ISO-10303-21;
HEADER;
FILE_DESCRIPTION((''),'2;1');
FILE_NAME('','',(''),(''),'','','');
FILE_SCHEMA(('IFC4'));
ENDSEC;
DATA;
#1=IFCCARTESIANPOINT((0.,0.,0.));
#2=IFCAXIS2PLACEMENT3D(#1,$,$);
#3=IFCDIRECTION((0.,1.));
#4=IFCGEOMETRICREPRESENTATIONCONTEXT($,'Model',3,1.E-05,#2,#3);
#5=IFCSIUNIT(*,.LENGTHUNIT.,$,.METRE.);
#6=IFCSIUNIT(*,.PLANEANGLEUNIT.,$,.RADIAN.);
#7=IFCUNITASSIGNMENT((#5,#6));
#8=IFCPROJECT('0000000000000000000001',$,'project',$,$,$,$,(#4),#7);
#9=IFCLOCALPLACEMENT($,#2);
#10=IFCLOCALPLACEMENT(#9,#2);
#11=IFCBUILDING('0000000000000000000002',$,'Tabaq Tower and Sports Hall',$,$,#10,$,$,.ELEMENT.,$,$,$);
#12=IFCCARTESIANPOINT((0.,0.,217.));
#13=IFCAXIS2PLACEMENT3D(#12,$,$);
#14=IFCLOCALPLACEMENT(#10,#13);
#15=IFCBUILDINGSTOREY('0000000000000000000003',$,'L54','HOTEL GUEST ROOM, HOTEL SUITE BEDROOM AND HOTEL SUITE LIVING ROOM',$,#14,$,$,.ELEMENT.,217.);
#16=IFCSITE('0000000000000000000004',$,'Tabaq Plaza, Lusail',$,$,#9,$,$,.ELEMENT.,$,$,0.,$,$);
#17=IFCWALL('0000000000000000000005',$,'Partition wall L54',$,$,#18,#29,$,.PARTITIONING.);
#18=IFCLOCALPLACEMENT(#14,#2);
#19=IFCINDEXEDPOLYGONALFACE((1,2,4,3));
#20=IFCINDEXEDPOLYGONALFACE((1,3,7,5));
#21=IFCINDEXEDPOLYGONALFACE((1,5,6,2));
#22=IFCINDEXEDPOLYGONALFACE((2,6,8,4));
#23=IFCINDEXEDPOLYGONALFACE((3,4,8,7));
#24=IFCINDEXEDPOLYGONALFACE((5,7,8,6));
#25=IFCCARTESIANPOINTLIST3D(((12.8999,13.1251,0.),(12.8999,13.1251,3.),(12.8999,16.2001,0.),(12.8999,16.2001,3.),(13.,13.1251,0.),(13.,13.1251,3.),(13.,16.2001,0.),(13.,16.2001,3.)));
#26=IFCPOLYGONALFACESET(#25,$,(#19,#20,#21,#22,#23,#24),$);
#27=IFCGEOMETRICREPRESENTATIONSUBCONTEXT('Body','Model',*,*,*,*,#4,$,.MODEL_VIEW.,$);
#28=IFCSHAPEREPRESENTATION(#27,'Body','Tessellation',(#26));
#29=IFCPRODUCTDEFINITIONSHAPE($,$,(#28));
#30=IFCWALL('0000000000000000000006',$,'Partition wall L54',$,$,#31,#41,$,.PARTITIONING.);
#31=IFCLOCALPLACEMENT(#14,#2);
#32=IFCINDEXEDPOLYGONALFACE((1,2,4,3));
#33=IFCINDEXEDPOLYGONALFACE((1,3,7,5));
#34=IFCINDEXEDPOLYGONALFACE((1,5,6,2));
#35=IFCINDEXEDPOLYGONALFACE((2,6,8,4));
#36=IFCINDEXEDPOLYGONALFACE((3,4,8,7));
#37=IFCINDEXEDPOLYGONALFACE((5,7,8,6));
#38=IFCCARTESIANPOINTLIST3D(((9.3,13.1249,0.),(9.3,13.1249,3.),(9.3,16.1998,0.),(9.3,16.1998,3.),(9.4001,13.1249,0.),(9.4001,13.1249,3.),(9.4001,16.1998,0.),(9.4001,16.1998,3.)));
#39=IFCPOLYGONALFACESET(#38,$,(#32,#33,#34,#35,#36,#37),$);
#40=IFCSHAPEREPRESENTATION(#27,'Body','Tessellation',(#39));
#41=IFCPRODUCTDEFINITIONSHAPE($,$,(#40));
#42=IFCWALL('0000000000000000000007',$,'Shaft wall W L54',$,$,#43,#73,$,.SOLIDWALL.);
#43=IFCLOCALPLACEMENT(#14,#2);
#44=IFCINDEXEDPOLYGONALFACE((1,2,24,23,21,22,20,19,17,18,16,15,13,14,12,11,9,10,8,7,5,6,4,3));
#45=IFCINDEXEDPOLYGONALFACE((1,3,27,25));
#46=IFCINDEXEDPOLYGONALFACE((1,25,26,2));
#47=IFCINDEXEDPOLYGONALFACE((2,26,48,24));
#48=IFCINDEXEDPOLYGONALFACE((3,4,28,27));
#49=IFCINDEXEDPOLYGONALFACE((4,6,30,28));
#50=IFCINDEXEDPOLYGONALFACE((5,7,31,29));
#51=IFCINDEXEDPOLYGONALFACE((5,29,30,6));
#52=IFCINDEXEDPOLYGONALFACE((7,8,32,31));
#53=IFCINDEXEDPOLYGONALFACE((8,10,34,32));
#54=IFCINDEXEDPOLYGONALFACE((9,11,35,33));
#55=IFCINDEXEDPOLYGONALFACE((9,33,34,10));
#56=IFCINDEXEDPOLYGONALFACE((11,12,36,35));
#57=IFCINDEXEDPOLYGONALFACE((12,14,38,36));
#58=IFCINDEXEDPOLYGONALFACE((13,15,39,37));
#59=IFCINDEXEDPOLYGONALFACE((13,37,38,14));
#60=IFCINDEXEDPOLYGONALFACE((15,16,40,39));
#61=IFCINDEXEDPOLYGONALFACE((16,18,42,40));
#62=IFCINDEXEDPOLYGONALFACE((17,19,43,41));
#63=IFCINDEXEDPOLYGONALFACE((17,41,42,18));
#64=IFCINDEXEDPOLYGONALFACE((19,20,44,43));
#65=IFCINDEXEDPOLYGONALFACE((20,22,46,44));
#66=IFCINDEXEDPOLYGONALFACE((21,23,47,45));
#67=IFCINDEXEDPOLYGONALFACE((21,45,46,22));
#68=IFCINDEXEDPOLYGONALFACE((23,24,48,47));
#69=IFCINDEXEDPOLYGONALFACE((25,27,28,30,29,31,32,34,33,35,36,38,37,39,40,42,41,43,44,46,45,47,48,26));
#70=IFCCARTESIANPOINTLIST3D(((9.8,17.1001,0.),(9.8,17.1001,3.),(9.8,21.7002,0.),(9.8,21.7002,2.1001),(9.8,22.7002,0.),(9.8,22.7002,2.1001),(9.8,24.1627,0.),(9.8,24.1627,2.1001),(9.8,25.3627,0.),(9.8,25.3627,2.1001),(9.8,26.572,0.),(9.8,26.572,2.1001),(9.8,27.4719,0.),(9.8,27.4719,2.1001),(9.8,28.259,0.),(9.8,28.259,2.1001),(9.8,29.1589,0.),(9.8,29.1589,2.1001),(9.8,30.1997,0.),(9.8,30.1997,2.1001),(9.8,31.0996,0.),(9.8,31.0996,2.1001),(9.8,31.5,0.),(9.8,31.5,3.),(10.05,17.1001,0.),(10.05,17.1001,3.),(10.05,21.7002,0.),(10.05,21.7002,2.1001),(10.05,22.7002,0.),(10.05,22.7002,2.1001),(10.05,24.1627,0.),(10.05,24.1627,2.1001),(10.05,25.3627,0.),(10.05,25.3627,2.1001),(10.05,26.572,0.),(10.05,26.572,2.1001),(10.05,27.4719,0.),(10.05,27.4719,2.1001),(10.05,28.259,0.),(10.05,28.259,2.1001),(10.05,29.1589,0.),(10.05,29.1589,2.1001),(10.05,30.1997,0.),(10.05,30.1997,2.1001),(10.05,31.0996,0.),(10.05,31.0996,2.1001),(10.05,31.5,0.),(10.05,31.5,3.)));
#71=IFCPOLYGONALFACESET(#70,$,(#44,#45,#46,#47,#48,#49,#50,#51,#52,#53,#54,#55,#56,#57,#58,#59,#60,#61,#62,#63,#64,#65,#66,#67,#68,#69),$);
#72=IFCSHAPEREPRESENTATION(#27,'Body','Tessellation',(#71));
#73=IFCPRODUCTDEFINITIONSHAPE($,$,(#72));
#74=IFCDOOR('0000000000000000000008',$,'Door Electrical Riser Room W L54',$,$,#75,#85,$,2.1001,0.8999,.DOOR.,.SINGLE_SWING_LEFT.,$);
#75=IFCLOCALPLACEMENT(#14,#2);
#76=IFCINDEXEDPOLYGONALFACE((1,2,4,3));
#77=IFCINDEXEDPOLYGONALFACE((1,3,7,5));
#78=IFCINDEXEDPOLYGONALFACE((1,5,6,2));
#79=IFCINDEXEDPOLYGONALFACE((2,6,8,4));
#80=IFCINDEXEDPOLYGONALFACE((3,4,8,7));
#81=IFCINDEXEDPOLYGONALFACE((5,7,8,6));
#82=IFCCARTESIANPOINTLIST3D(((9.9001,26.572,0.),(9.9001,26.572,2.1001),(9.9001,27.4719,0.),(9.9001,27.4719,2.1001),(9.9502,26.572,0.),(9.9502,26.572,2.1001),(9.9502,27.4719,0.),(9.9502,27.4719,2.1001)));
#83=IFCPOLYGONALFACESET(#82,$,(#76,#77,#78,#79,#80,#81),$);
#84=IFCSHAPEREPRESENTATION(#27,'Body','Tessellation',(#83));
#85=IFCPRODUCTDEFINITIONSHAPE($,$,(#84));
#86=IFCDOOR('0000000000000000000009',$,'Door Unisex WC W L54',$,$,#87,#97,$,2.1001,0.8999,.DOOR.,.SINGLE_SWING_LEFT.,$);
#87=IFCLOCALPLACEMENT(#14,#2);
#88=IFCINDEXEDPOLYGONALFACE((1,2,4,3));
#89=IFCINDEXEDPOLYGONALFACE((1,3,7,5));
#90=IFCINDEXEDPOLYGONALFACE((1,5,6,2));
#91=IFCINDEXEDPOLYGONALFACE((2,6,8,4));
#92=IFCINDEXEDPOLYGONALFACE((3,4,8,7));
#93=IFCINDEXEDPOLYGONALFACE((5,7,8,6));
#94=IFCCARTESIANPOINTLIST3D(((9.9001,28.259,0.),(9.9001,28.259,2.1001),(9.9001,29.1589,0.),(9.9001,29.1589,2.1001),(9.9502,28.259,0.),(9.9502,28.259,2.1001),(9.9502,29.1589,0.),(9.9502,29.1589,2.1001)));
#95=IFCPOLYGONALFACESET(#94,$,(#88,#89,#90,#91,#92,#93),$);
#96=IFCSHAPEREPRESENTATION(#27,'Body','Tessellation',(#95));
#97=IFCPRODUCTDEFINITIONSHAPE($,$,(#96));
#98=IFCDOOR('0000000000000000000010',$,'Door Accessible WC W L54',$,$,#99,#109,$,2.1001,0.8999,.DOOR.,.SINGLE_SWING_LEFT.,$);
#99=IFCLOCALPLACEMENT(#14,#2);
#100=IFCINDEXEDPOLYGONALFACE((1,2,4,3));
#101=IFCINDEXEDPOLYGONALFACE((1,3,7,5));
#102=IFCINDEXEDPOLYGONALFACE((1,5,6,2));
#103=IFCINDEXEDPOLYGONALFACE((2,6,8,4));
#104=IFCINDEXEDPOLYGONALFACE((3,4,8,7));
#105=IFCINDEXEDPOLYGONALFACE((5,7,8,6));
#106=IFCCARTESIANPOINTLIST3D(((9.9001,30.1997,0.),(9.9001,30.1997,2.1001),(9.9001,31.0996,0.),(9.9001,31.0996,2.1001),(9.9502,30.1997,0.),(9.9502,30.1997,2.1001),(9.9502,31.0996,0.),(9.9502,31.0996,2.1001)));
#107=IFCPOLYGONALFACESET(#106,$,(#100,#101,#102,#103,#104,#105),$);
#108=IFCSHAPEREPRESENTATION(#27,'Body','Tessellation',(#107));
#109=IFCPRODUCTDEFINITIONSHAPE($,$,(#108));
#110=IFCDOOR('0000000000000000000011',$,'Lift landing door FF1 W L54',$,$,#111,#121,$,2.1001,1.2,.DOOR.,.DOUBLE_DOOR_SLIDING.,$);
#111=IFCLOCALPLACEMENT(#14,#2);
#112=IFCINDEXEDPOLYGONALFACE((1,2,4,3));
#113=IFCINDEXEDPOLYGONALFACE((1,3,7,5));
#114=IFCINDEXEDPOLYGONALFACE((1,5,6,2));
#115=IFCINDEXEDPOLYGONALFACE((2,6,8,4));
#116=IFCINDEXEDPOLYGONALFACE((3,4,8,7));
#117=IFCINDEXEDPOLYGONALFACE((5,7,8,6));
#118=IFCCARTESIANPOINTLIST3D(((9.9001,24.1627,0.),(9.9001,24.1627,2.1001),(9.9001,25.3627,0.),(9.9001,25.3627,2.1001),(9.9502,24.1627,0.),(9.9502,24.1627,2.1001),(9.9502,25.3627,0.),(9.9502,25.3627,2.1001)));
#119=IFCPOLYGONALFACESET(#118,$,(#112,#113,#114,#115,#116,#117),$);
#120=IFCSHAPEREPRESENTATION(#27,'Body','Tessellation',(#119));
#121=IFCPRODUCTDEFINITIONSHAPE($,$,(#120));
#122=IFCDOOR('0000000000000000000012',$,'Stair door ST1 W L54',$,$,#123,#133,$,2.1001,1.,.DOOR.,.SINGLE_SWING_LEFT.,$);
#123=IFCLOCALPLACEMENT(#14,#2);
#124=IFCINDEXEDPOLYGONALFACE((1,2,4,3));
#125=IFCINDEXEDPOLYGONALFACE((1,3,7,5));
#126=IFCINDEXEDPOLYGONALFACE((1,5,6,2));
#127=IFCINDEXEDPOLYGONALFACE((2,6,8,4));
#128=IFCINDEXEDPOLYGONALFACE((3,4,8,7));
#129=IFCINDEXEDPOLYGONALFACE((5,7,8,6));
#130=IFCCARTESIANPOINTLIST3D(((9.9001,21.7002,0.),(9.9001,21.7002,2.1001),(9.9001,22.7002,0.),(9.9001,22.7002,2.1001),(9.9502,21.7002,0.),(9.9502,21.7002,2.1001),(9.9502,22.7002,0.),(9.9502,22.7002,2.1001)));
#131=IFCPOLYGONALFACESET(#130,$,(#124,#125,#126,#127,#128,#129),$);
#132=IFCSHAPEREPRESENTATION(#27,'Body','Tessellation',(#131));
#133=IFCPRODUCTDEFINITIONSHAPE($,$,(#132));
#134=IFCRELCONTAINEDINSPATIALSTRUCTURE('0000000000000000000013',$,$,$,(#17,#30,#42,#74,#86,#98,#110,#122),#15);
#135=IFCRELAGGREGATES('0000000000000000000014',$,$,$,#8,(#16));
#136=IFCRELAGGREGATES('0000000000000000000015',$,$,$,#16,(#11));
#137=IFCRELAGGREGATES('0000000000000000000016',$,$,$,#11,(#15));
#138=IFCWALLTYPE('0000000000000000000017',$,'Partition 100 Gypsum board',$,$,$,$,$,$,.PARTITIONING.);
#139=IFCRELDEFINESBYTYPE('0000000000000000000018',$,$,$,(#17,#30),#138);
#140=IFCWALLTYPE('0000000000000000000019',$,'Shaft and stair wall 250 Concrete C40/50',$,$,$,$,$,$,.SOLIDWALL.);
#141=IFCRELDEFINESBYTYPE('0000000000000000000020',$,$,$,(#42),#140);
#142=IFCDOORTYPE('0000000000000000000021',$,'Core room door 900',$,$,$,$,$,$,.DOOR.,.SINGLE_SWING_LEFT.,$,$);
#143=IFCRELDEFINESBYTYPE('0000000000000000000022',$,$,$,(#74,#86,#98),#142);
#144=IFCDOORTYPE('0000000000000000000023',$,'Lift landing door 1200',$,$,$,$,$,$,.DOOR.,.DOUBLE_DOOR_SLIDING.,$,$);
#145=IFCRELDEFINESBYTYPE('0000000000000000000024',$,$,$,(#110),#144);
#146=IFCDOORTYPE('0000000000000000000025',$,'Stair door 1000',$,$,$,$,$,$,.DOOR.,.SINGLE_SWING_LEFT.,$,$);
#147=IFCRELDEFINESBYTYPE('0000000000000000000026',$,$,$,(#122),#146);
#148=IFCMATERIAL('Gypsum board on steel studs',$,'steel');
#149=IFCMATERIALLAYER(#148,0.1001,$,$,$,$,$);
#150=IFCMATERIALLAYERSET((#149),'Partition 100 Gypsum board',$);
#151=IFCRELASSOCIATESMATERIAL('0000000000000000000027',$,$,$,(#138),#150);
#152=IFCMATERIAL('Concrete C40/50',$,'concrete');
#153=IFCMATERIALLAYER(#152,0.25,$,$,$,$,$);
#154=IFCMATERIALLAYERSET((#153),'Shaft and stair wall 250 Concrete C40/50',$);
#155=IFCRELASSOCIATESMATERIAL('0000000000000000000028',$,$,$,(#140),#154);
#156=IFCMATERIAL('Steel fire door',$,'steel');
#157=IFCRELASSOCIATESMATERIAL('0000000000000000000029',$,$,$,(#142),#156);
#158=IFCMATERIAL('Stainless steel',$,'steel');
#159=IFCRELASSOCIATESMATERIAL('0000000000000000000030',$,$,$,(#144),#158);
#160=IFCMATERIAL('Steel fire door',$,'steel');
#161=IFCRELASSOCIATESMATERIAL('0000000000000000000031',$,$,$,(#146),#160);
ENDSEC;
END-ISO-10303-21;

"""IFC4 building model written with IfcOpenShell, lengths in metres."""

from ifc_helpers import new_model, si_unit, direction, frame, frame_2d, origin, place, context, subcontext, project, spatial, rectangle, extrude, material, layer, layer_set, type_object, element, fill, save


model = new_model("IFC4")

# Units and contexts
model_context = context("Model", 3, precision=1e-05, world=origin(), true_north=direction((0.0, 1.0)))
body_context = subcontext(model_context, "Body", "Model", "MODEL_VIEW")
ifc_project = project(units=[si_unit("LENGTHUNIT", "METRE"), si_unit("PLANEANGLEUNIT", "RADIAN")], contexts=[model_context])

# Site, building, storey
site_placement = place(None, origin())
site = spatial("IfcSite", under=ifc_project, at=site_placement, Name="Tabaq Plaza, Lusail", CompositionType="ELEMENT", RefElevation=0.0)
building_placement = place(site_placement, origin())
building = spatial("IfcBuilding", under=site, at=building_placement, Name="Tabaq Tower and Sports Hall", CompositionType="ELEMENT")
storey_placement = place(building_placement, frame((0.0, 0.0, 217.0)))
storey = spatial("IfcBuildingStorey", under=building, at=storey_placement, Name="L54", Description="HOTEL GUEST ROOM, HOTEL SUITE BEDROOM AND HOTEL SUITE LIVING ROOM", CompositionType="ELEMENT", Elevation=217.0)

# Walls
ifc_material_1 = material(Name="Gypsum board on steel studs", Category="steel")
ifc_layer_1 = layer(ifc_material_1, 0.1001)
ifc_layer_set_1 = layer_set([ifc_layer_1], Name="Partition 100 Gypsum board")
wall_type_1 = type_object("IfcWallType", Name="Partition 100 Gypsum board", PredefinedType="PARTITIONING", material=ifc_layer_set_1)
for number, where, z_axis, x_axis, name in (
    (1, (12.95, 13.125, 0.0), (0.0, 0.0, 1.0), (0.0, 1.0, 0.0), "Partition wall L54"),
    (2, (9.3501, 16.2, 0.0), (0.0, 0.0, 1.0), (0.0, -1.0, 0.0), "Partition wall L54"),
):
    element("IfcWall", number, at=place(storey_placement, frame(where, z_axis=z_axis, x_axis=x_axis)), inside=storey, type_object=wall_type_1, Name=name, PredefinedType="PARTITIONING", context=body_context, shape_type="SweptSolid", body=[
        extrude(rectangle(XDim=3.075, YDim=0.1001, at=frame_2d((1.5376, 0.0))), origin(), (0.0, 0.0, 1.0), 3.0),
    ])

# Wall, openings, doors
ifc_material_2 = material(Name="Concrete C40/50", Category="concrete")
ifc_layer_2 = layer(ifc_material_2, 0.25)
ifc_layer_set_2 = layer_set([ifc_layer_2], Name="Shaft and stair wall 250 Concrete C40/50")
wall_type_2 = type_object("IfcWallType", Name="Shaft and stair wall 250 Concrete C40/50", PredefinedType="SOLIDWALL", material=ifc_layer_set_2)
wall_1_placement = place(storey_placement, frame((9.925, 17.1001, 0.0), z_axis=(0.0, 0.0, 1.0), x_axis=(0.0, 1.0, 0.0)))
wall_1 = element("IfcWall", 3, at=wall_1_placement, inside=storey, type_object=wall_type_2, Name="Shaft wall W L54", PredefinedType="SOLIDWALL", context=body_context, shape_type="SweptSolid", body=[
    extrude(rectangle(XDim=14.3999, YDim=0.25, at=frame_2d((7.2, 0.0))), origin(), (0.0, 0.0, 1.0), 3.0),
])
opening_1_placement = place(wall_1_placement, frame((4.6001, 0.0, 0.0)))
opening_1 = element("IfcOpeningElement", 4, at=opening_1_placement, cuts=wall_1, PredefinedType="OPENING", context=body_context, shape_type="SweptSolid", body=[
    extrude(rectangle(XDim=1.0, YDim=2.1001, at=frame_2d((0.5, 1.05))), frame((0.0, 0.125, 0.0), z_axis=(0.0, -1.0, 0.0), x_axis=(1.0, 0.0, 0.0)), (0.0, 0.0, 1.0), 0.25),
])
opening_2_placement = place(wall_1_placement, frame((7.0625, 0.0, 0.0)))
opening_2 = element("IfcOpeningElement", 5, at=opening_2_placement, cuts=wall_1, PredefinedType="OPENING", context=body_context, shape_type="SweptSolid", body=[
    extrude(rectangle(XDim=1.2, YDim=2.1001, at=frame_2d((0.6001, 1.05))), frame((0.0, 0.125, 0.0), z_axis=(0.0, -1.0, 0.0), x_axis=(1.0, 0.0, 0.0)), (0.0, 0.0, 1.0), 0.25),
])
opening_3_placement = place(wall_1_placement, frame((9.4719, 0.0, 0.0)))
opening_3 = element("IfcOpeningElement", 6, at=opening_3_placement, cuts=wall_1, PredefinedType="OPENING", context=body_context, shape_type="SweptSolid", body=[
    extrude(rectangle(XDim=0.8999, YDim=2.1001, at=frame_2d((0.45, 1.05))), frame((0.0, 0.125, 0.0), z_axis=(0.0, -1.0, 0.0), x_axis=(1.0, 0.0, 0.0)), (0.0, 0.0, 1.0), 0.25),
])
opening_4_placement = place(wall_1_placement, frame((11.1589, 0.0, 0.0)))
opening_4 = element("IfcOpeningElement", 7, at=opening_4_placement, cuts=wall_1, PredefinedType="OPENING", context=body_context, shape_type="SweptSolid", body=[
    extrude(rectangle(XDim=0.8999, YDim=2.1001, at=frame_2d((0.45, 1.05))), frame((0.0, 0.125, 0.0), z_axis=(0.0, -1.0, 0.0), x_axis=(1.0, 0.0, 0.0)), (0.0, 0.0, 1.0), 0.25),
])
opening_5_placement = place(wall_1_placement, frame((13.0996, 0.0, 0.0)))
opening_5 = element("IfcOpeningElement", 8, at=opening_5_placement, cuts=wall_1, PredefinedType="OPENING", context=body_context, shape_type="SweptSolid", body=[
    extrude(rectangle(XDim=0.8999, YDim=2.1001, at=frame_2d((0.45, 1.05))), frame((0.0, 0.125, 0.0), z_axis=(0.0, -1.0, 0.0), x_axis=(1.0, 0.0, 0.0)), (0.0, 0.0, 1.0), 0.25),
])
ifc_material_3 = material(Name="Steel fire door", Category="steel")
door_type_1 = type_object("IfcDoorType", Name="Core room door 900", OperationType="SINGLE_SWING_LEFT", PredefinedType="DOOR", material=ifc_material_3)
door_1_placement = place(opening_3_placement, origin())
door_1 = element("IfcDoor", 9, at=door_1_placement, inside=storey, type_object=door_type_1, Name="Door Electrical Riser Room W L54", OperationType="SINGLE_SWING_LEFT", OverallHeight=2.1001, OverallWidth=0.8999, PredefinedType="DOOR", context=body_context, shape_type="SweptSolid", body=[
    extrude(rectangle(XDim=0.8999, YDim=2.1001, at=frame_2d((0.45, 1.05))), frame((0.0, 0.0249, 0.0), z_axis=(0.0, -1.0, 0.0), x_axis=(1.0, 0.0, 0.0)), (0.0, 0.0, 1.0), 0.05),
])
fill(opening_3, door_1)
door_2_placement = place(opening_4_placement, origin())
door_2 = element("IfcDoor", 10, at=door_2_placement, inside=storey, type_object=door_type_1, Name="Door Unisex WC W L54", OperationType="SINGLE_SWING_LEFT", OverallHeight=2.1001, OverallWidth=0.8999, PredefinedType="DOOR", context=body_context, shape_type="SweptSolid", body=[
    extrude(rectangle(XDim=0.8999, YDim=2.1001, at=frame_2d((0.45, 1.05))), frame((0.0, 0.0249, 0.0), z_axis=(0.0, -1.0, 0.0), x_axis=(1.0, 0.0, 0.0)), (0.0, 0.0, 1.0), 0.05),
])
fill(opening_4, door_2)
door_3_placement = place(opening_5_placement, origin())
door_3 = element("IfcDoor", 11, at=door_3_placement, inside=storey, type_object=door_type_1, Name="Door Accessible WC W L54", OperationType="SINGLE_SWING_LEFT", OverallHeight=2.1001, OverallWidth=0.8999, PredefinedType="DOOR", context=body_context, shape_type="SweptSolid", body=[
    extrude(rectangle(XDim=0.8999, YDim=2.1001, at=frame_2d((0.45, 1.05))), frame((0.0, 0.0249, 0.0), z_axis=(0.0, -1.0, 0.0), x_axis=(1.0, 0.0, 0.0)), (0.0, 0.0, 1.0), 0.05),
])
fill(opening_5, door_3)
ifc_material_4 = material(Name="Stainless steel", Category="steel")
door_type_2 = type_object("IfcDoorType", Name="Lift landing door 1200", OperationType="DOUBLE_DOOR_SLIDING", PredefinedType="DOOR", material=ifc_material_4)
door_4_placement = place(opening_2_placement, origin())
door_4 = element("IfcDoor", 12, at=door_4_placement, inside=storey, type_object=door_type_2, Name="Lift landing door FF1 W L54", OperationType="DOUBLE_DOOR_SLIDING", OverallHeight=2.1001, OverallWidth=1.2, PredefinedType="DOOR", context=body_context, shape_type="SweptSolid", body=[
    extrude(rectangle(XDim=1.2, YDim=2.1001, at=frame_2d((0.6001, 1.05))), frame((0.0, 0.0249, 0.0), z_axis=(0.0, -1.0, 0.0), x_axis=(1.0, 0.0, 0.0)), (0.0, 0.0, 1.0), 0.05),
])
fill(opening_2, door_4)
ifc_material_5 = material(Name="Steel fire door", Category="steel")
door_type_3 = type_object("IfcDoorType", Name="Stair door 1000", OperationType="SINGLE_SWING_LEFT", PredefinedType="DOOR", material=ifc_material_5)
door_5_placement = place(opening_1_placement, origin())
door_5 = element("IfcDoor", 13, at=door_5_placement, inside=storey, type_object=door_type_3, Name="Stair door ST1 W L54", OperationType="SINGLE_SWING_LEFT", OverallHeight=2.1001, OverallWidth=1.0, PredefinedType="DOOR", context=body_context, shape_type="SweptSolid", body=[
    extrude(rectangle(XDim=1.0, YDim=2.1001, at=frame_2d((0.5, 1.05))), frame((0.0, 0.0249, 0.0), z_axis=(0.0, -1.0, 0.0), x_axis=(1.0, 0.0, 0.0)), (0.0, 0.0, 1.0), 0.05),
])
fill(opening_1, door_5)

save(model, "model.ifc")
